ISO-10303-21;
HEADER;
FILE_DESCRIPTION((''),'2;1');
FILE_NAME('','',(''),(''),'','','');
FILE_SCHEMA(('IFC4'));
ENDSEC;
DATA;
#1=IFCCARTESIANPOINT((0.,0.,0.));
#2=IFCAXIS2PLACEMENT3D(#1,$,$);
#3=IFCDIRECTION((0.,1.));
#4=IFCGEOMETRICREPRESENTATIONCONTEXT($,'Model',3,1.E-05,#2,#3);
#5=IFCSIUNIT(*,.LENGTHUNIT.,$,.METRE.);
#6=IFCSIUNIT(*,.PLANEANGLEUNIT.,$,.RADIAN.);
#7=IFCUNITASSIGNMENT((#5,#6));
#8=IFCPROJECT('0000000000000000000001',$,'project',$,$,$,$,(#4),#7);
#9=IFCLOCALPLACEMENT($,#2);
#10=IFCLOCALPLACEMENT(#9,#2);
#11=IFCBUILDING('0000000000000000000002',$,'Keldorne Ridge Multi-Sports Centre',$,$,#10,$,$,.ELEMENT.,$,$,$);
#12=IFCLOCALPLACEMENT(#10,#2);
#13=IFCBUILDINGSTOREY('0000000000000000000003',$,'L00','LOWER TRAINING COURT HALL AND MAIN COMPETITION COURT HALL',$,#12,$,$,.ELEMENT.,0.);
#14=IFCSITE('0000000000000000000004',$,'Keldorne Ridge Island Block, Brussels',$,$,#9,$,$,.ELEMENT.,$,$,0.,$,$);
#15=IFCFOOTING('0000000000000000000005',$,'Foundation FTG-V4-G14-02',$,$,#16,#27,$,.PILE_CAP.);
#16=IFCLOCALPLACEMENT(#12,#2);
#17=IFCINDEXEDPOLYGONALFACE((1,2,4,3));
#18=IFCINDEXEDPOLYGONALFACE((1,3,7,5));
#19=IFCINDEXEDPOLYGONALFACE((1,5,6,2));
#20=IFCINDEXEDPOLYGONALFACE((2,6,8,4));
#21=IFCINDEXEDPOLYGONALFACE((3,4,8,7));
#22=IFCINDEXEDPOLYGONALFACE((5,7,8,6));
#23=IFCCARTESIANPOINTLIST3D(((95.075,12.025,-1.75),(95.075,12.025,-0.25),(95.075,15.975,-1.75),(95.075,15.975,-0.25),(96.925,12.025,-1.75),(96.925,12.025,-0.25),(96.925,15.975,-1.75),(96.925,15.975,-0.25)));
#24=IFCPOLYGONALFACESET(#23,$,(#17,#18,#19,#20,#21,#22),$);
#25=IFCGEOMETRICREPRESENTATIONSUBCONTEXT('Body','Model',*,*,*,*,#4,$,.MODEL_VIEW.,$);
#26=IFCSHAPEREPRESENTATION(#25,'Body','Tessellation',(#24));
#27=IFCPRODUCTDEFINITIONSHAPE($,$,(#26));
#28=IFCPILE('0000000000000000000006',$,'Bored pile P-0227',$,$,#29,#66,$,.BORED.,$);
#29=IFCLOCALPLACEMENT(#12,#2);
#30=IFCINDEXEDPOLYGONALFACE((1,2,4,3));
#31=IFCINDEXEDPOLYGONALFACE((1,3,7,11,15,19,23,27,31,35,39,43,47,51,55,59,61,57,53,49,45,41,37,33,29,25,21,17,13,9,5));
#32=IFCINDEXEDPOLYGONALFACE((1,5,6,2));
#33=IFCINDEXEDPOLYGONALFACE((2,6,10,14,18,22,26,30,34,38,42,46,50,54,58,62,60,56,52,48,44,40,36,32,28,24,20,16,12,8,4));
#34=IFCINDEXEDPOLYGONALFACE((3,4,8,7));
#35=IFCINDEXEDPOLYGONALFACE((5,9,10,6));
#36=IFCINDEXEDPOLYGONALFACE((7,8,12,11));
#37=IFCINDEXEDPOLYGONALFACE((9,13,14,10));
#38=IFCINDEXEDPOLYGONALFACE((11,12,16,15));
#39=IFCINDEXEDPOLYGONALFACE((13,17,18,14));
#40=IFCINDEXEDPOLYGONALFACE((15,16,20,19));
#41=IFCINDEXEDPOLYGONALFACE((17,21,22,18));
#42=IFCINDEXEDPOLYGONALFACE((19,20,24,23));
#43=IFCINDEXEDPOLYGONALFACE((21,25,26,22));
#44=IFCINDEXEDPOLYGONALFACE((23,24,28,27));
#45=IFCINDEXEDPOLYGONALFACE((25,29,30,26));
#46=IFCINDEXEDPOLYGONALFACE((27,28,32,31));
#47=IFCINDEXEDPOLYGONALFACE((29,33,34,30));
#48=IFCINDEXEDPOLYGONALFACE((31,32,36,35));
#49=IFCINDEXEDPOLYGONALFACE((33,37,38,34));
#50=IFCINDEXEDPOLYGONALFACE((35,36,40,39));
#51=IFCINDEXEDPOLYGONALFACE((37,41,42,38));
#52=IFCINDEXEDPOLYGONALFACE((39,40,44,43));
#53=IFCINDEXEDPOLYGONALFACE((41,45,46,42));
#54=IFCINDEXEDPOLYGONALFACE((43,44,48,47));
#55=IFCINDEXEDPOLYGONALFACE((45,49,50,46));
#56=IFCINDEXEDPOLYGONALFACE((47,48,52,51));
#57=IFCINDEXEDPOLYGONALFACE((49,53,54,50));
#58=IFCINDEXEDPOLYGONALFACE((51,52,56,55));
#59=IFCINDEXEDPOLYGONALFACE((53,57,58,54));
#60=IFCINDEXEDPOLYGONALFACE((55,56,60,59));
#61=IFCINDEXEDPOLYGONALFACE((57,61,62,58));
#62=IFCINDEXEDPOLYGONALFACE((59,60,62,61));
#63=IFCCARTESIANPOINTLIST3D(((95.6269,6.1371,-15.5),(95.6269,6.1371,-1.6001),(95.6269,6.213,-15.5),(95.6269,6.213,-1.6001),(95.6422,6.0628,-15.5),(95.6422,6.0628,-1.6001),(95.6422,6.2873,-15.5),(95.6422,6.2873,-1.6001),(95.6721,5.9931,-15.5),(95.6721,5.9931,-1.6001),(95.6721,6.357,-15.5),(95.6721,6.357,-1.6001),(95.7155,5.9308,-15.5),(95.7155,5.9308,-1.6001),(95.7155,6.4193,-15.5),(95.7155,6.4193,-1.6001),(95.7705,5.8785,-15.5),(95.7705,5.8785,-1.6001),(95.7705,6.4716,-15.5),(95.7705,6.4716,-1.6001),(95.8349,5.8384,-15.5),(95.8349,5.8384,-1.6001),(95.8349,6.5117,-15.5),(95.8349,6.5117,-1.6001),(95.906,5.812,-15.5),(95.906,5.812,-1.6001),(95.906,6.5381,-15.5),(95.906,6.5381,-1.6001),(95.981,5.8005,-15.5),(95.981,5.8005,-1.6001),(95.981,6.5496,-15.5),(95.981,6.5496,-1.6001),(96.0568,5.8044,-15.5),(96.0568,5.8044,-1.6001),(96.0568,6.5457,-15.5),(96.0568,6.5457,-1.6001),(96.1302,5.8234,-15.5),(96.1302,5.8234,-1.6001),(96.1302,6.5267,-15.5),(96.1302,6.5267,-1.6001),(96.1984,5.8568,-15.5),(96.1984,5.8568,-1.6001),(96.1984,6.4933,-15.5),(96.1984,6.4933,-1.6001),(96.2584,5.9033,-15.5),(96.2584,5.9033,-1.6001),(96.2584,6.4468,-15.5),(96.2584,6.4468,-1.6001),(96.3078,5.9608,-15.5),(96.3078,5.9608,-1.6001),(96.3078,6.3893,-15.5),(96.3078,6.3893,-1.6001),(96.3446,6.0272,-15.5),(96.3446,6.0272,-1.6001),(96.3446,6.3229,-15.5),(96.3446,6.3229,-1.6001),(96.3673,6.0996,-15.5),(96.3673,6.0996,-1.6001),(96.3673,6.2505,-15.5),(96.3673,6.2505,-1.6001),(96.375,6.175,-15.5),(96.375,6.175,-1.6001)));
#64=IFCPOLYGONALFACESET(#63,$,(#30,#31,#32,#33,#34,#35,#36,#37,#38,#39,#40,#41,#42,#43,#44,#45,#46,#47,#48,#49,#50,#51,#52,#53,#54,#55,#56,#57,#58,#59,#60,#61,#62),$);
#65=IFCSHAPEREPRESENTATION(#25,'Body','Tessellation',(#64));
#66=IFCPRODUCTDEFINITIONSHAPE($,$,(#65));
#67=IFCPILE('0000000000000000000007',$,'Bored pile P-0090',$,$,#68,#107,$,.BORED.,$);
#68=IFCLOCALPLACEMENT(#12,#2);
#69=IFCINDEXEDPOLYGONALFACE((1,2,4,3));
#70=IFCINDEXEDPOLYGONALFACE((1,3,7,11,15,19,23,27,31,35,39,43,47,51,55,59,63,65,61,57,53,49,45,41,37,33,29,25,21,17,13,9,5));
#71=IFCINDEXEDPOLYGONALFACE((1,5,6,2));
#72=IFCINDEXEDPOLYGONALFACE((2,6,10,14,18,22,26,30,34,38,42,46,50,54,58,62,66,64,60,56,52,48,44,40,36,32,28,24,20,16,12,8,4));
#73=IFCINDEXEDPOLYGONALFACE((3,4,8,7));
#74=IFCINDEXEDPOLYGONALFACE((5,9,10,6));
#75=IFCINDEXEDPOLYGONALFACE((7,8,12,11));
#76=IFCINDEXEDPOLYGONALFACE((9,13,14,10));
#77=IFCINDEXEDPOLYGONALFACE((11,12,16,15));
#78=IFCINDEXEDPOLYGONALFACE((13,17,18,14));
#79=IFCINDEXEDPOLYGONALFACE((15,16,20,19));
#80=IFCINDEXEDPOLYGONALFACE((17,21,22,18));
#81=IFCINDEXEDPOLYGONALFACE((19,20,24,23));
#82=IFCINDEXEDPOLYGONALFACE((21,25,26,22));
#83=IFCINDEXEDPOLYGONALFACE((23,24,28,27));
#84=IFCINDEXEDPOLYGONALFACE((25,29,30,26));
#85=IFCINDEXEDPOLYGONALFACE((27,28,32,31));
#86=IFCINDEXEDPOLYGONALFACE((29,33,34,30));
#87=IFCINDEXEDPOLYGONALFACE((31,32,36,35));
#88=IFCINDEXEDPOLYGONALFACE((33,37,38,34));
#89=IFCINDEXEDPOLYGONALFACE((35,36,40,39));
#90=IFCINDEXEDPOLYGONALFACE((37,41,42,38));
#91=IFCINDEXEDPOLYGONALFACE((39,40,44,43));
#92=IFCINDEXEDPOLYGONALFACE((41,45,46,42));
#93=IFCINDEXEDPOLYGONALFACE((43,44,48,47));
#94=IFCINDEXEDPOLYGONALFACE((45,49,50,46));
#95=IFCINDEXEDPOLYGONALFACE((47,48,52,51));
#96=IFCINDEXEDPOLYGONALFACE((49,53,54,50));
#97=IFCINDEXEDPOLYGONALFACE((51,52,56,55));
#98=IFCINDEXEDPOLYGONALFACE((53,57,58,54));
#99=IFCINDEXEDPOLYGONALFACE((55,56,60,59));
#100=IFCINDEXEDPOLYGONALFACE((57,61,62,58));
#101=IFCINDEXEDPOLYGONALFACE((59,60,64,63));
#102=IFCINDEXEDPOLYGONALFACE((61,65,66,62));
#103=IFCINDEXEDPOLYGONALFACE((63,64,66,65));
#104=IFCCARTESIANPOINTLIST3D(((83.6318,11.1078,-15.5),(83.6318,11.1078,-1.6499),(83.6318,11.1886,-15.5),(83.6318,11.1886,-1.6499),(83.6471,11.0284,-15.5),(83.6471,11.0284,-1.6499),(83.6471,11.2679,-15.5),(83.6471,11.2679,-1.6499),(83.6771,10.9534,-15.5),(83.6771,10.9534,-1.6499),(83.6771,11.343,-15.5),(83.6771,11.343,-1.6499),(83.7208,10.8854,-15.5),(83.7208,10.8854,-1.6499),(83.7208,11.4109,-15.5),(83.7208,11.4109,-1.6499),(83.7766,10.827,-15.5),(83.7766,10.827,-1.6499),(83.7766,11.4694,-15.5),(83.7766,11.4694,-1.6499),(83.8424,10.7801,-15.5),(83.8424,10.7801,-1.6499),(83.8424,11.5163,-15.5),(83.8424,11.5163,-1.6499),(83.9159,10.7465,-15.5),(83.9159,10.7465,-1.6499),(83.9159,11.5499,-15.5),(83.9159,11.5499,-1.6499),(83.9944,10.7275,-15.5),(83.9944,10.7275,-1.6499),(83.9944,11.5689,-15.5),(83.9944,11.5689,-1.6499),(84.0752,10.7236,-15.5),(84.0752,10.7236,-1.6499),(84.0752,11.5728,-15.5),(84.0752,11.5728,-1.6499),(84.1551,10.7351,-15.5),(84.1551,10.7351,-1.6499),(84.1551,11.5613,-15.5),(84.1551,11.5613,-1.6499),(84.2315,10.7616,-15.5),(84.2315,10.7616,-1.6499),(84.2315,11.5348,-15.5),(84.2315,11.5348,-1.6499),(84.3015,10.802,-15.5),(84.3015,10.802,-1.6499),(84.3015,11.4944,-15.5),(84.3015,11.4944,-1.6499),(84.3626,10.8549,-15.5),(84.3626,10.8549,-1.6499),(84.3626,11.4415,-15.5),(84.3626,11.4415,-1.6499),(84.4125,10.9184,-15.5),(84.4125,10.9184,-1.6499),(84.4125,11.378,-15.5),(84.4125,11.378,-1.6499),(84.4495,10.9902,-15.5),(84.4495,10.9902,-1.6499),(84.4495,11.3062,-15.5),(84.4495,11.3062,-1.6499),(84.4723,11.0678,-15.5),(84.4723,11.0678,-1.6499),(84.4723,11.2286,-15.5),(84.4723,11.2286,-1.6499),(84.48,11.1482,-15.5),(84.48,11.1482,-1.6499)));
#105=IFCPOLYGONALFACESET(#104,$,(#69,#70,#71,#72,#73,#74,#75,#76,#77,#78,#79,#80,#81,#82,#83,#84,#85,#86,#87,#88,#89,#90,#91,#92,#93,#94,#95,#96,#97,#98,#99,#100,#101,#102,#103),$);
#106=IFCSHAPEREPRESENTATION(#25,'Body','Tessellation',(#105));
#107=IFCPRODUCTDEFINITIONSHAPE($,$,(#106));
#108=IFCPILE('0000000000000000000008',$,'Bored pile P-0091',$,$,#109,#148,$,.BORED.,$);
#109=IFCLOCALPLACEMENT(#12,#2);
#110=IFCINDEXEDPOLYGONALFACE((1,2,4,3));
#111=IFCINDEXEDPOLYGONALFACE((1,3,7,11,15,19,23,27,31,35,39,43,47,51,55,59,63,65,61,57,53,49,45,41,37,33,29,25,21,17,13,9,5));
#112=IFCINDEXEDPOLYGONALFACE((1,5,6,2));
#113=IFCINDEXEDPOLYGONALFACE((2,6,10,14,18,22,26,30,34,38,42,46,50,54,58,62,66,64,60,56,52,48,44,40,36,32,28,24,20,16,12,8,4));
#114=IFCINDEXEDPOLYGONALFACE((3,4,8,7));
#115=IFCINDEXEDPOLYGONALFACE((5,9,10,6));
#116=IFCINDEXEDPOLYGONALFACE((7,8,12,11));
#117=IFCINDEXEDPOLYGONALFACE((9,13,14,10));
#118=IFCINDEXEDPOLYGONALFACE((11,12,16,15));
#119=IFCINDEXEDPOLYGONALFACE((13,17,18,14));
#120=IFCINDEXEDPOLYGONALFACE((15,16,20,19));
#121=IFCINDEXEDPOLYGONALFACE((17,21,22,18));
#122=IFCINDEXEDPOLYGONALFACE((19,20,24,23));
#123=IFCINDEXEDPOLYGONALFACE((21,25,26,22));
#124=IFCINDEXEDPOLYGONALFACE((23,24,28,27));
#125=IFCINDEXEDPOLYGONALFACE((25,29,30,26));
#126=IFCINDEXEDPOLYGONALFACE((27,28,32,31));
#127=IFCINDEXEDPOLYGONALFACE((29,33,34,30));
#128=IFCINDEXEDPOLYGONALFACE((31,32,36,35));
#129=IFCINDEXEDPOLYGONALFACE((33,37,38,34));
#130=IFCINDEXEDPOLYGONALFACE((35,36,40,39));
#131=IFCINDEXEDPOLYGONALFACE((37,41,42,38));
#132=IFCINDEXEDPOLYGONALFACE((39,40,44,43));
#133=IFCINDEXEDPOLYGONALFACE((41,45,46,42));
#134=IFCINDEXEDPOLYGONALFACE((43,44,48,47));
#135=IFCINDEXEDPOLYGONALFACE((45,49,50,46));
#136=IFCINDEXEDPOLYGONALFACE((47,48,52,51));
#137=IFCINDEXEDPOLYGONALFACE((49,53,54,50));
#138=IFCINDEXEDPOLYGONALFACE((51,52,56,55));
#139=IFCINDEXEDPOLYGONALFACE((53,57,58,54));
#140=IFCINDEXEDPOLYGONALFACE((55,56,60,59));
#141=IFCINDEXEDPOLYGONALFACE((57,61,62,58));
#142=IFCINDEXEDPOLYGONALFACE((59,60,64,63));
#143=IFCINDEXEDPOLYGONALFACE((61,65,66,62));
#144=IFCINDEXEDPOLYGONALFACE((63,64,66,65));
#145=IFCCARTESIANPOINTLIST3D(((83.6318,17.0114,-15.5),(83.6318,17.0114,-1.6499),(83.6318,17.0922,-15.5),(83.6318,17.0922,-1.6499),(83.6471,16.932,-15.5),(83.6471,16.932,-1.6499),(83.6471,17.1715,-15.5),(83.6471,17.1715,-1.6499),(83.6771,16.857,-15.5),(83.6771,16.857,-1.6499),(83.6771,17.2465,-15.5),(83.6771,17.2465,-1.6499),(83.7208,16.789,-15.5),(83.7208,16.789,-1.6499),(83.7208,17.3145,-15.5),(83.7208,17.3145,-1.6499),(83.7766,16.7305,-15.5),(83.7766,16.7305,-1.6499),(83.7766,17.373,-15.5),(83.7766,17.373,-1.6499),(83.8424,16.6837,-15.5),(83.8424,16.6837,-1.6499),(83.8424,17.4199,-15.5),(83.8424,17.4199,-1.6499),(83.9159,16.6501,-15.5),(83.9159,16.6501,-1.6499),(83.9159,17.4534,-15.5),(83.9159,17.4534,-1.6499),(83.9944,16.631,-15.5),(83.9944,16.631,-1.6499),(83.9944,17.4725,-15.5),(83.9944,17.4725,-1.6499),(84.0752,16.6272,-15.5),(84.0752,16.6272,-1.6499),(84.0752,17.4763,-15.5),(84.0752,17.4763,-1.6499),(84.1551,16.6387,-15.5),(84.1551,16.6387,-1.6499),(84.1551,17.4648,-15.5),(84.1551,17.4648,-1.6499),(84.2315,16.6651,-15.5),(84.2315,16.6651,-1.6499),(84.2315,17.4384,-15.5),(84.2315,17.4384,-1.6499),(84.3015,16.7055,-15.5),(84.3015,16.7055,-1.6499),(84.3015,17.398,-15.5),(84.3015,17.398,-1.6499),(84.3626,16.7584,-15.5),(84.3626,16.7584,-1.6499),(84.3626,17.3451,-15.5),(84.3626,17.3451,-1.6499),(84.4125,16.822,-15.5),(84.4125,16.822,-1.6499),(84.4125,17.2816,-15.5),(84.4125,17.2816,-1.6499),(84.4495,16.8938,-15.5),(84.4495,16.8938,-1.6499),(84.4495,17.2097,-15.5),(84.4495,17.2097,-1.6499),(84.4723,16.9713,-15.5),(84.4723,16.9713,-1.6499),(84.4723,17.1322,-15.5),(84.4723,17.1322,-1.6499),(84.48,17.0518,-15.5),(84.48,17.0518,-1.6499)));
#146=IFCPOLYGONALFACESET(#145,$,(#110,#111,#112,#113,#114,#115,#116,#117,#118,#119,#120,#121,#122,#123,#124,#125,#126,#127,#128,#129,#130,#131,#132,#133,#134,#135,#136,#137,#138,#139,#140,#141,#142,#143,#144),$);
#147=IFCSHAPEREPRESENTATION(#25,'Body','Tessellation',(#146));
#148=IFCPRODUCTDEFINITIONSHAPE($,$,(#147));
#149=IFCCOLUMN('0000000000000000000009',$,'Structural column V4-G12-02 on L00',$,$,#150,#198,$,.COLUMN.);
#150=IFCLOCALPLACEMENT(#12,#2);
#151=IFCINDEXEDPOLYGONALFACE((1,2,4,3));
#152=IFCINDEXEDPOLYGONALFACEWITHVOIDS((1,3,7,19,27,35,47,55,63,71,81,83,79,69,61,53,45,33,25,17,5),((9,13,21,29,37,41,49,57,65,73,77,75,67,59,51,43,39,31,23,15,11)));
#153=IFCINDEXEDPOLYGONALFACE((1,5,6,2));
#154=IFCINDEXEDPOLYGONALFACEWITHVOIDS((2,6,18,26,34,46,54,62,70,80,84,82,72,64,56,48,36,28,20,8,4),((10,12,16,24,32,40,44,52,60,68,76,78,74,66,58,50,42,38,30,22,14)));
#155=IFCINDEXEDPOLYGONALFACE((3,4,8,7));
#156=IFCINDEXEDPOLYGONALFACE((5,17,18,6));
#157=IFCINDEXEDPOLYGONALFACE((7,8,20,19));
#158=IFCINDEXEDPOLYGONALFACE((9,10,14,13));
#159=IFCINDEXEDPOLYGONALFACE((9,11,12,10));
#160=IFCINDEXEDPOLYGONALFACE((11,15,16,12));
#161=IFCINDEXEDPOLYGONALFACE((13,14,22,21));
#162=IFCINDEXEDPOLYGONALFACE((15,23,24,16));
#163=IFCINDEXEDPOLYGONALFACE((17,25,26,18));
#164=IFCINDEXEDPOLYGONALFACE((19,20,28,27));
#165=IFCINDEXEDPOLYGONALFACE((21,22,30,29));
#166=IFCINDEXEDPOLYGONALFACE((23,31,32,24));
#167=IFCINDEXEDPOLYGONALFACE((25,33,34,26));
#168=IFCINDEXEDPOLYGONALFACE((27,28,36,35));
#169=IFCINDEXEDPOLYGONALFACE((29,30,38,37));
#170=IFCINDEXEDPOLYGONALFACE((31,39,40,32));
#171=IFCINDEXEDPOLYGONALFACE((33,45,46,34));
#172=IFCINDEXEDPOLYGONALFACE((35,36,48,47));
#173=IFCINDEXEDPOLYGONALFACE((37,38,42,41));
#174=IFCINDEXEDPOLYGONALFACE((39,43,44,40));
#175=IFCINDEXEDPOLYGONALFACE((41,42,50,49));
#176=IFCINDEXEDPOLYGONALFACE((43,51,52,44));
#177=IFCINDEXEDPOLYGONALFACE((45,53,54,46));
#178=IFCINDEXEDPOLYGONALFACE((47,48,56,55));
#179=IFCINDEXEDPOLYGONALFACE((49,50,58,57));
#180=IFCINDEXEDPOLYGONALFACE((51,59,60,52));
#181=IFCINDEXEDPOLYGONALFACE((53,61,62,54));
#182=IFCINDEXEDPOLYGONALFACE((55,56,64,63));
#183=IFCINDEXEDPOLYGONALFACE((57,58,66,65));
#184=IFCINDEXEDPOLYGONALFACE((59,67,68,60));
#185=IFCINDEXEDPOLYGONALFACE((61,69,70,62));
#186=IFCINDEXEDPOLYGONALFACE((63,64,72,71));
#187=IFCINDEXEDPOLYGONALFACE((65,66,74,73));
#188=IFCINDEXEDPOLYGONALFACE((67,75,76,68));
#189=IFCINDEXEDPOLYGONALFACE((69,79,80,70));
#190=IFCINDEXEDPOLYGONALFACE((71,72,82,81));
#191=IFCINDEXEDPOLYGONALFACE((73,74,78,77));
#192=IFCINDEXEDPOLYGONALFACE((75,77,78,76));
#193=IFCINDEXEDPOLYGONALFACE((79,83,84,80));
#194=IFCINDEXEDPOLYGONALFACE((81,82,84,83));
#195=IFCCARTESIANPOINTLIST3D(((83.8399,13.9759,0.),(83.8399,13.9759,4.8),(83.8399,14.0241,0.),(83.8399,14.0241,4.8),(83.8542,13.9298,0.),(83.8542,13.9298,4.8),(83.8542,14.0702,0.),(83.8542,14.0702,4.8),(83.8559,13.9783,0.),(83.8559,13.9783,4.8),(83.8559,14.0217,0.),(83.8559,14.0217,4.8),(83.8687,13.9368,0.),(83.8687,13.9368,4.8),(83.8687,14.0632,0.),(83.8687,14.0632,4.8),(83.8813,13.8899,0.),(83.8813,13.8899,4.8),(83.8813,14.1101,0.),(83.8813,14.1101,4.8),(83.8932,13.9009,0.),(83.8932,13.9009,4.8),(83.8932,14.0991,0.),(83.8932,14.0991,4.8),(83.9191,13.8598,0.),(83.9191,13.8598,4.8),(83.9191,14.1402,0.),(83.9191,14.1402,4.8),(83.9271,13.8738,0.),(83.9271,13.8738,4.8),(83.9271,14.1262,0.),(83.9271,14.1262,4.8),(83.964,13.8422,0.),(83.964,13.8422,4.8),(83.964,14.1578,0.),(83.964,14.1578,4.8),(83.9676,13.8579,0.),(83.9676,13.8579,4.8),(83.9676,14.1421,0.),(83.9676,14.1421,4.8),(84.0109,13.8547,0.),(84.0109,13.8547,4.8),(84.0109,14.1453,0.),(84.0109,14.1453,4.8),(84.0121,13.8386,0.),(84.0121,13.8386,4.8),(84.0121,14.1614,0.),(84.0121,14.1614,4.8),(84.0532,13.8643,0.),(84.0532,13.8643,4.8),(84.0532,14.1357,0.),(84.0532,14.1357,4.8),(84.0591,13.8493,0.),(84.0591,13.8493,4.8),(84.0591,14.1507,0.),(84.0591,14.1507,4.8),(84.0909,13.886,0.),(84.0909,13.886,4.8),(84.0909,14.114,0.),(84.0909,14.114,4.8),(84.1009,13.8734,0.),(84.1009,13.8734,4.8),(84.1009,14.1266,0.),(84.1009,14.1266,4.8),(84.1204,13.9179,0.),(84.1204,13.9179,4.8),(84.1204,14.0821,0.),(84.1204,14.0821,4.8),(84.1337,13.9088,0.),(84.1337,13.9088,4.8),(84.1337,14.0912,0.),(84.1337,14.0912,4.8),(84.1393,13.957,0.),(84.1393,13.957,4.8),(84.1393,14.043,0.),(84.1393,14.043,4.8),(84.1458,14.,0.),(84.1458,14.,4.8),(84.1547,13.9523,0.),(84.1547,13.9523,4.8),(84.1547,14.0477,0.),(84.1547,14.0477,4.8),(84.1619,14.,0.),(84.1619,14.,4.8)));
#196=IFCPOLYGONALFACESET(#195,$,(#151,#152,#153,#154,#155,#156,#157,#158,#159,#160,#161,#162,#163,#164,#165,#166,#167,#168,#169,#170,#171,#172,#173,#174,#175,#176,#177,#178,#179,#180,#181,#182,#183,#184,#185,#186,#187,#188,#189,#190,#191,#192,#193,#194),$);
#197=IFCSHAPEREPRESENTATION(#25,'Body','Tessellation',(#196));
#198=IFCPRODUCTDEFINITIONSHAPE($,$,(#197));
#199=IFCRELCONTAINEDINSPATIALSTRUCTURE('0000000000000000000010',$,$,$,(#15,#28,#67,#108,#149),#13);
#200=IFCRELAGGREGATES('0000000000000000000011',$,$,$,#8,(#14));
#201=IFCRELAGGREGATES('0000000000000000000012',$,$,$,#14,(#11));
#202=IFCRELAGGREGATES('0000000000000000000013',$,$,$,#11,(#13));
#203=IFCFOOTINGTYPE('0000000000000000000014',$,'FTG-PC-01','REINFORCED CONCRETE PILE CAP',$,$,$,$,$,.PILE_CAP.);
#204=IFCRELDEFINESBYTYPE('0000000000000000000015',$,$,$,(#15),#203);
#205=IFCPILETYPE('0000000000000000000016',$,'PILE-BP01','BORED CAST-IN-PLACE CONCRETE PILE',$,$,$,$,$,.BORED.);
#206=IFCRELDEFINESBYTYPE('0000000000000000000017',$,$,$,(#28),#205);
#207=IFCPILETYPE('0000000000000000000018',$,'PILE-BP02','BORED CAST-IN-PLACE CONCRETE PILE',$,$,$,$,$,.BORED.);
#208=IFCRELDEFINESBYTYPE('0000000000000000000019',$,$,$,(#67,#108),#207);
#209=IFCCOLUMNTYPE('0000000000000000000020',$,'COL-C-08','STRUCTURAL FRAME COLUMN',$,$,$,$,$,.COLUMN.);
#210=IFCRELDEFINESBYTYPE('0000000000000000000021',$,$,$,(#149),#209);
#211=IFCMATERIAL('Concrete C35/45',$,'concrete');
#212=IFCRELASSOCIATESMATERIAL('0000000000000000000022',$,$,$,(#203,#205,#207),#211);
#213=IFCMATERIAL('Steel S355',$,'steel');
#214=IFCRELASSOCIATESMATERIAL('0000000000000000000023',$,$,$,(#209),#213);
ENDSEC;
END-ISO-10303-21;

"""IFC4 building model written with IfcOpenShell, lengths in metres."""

from ifc_helpers import new_model, si_unit, direction, frame, origin, origin_2d, place, context, subcontext, project, spatial, rectangle, circle, hollow_circle, extrude, material, material_profile, profile_set, type_object, element, save


model = new_model("IFC4")

# Units and contexts
model_context = context("Model", 3, precision=1e-05, world=origin(), true_north=direction((0.0, 1.0)))
body_context = subcontext(model_context, "Body", "Model", "MODEL_VIEW")
ifc_project = project(units=[si_unit("LENGTHUNIT", "METRE"), si_unit("PLANEANGLEUNIT", "RADIAN")], contexts=[model_context])

# Site, building, storey
site_placement = place(None, origin())
site = spatial("IfcSite", under=ifc_project, at=site_placement, Name="Keldorne Ridge Island Block, Brussels", CompositionType="ELEMENT", RefElevation=0.0)
building_placement = place(site_placement, origin())
building = spatial("IfcBuilding", under=site, at=building_placement, Name="Keldorne Ridge Multi-Sports Centre", CompositionType="ELEMENT")
storey_placement = place(building_placement, origin())
storey = spatial("IfcBuildingStorey", under=building, at=storey_placement, Name="L00", Description="LOWER TRAINING COURT HALL AND MAIN COMPETITION COURT HALL", CompositionType="ELEMENT", Elevation=0.0)

# Footing
ifc_material_1 = material(Name="Concrete C35/45", Category="concrete")
footing_type = type_object("IfcFootingType", Name="FTG-PC-01", Description="REINFORCED CONCRETE PILE CAP", PredefinedType="PILE_CAP", material=ifc_material_1)
footing_placement = place(storey_placement, frame((96.0, 14.0, -1.75), z_axis=(0.0, 0.0, 1.0), x_axis=(1.0, 0.0, 0.0)))
element("IfcFooting", 1, at=footing_placement, inside=storey, type_object=footing_type, Name="Foundation FTG-V4-G14-02", PredefinedType="PILE_CAP", context=body_context, shape_type="SweptSolid", body=[
    extrude(rectangle(XDim=1.8501, YDim=3.95, at=origin_2d()), origin(), (0.0, 0.0, 1.0), 1.5),
])

# Piles
ifc_material_profile_1 = material_profile(ifc_material_1, circle(Radius=0.375, at=origin_2d()), Name="BORED PILE D750")
ifc_profile_set_1 = profile_set([ifc_material_profile_1], Name="Concrete C35/45")
pile_type_1 = type_object("IfcPileType", Name="PILE-BP01", Description="BORED CAST-IN-PLACE CONCRETE PILE", PredefinedType="BORED", material=ifc_profile_set_1)
pile_placement = place(storey_placement, frame((96.0, 6.175, -1.6001), z_axis=(0.0, 0.0, -1.0), x_axis=(1.0, 0.0, 0.0)))
element("IfcPile", 2, at=pile_placement, inside=storey, type_object=pile_type_1, Name="Bored pile P-0227", PredefinedType="BORED", context=body_context, shape_type="SweptSolid", body=[
    extrude(circle(Radius=0.375, at=origin_2d()), origin(), (0.0, 0.0, 1.0), 13.8999),
])
ifc_material_profile_2 = material_profile(ifc_material_1, circle(Radius=0.425, at=origin_2d()), Name="BORED PILE D850")
ifc_profile_set_2 = profile_set([ifc_material_profile_2], Name="Concrete C35/45")
pile_type_2 = type_object("IfcPileType", Name="PILE-BP02", Description="BORED CAST-IN-PLACE CONCRETE PILE", PredefinedType="BORED", material=ifc_profile_set_2)
for number, where, z_axis, x_axis, name in (
    (3, (84.0549, 11.1482, -1.6499), (0.0, 0.0, -1.0), (1.0, 0.0, 0.0), "Bored pile P-0090"),
    (4, (84.0549, 17.0518, -1.6499), (0.0, 0.0, -1.0), (1.0, 0.0, 0.0), "Bored pile P-0091"),
):
    element("IfcPile", number, at=place(storey_placement, frame(where, z_axis=z_axis, x_axis=x_axis)), inside=storey, type_object=pile_type_2, Name=name, PredefinedType="BORED", context=body_context, shape_type="SweptSolid", body=[
        extrude(circle(Radius=0.425, at=origin_2d()), origin(), (0.0, 0.0, 1.0), 13.8501),
    ])

# Column
ifc_material_2 = material(Name="Steel S355", Category="steel")
ifc_material_profile_3 = material_profile(ifc_material_2, hollow_circle(Radius=0.1619, WallThickness=0.0161, at=origin_2d()), Name="CHS 323.9x16")
ifc_profile_set_3 = profile_set([ifc_material_profile_3], Name="Steel S355")
column_type = type_object("IfcColumnType", Name="COL-C-08", Description="STRUCTURAL FRAME COLUMN", PredefinedType="COLUMN", material=ifc_profile_set_3)
for number, where, z_axis, x_axis, name in (
    (5, (84.0, 14.0, 0.0), (0.0, 0.0, 1.0), (1.0, 0.0, 0.0), "Structural column V4-G12-02 on L00"),
):
    element("IfcColumn", number, at=place(storey_placement, frame(where, z_axis=z_axis, x_axis=x_axis)), inside=storey, type_object=column_type, Name=name, PredefinedType="COLUMN", context=body_context, shape_type="SweptSolid", body=[
        extrude(hollow_circle(Radius=0.1619, WallThickness=0.0161, at=origin_2d()), origin(), (0.0, 0.0, 1.0), 4.8),
    ])

save(model, "model.ifc")
